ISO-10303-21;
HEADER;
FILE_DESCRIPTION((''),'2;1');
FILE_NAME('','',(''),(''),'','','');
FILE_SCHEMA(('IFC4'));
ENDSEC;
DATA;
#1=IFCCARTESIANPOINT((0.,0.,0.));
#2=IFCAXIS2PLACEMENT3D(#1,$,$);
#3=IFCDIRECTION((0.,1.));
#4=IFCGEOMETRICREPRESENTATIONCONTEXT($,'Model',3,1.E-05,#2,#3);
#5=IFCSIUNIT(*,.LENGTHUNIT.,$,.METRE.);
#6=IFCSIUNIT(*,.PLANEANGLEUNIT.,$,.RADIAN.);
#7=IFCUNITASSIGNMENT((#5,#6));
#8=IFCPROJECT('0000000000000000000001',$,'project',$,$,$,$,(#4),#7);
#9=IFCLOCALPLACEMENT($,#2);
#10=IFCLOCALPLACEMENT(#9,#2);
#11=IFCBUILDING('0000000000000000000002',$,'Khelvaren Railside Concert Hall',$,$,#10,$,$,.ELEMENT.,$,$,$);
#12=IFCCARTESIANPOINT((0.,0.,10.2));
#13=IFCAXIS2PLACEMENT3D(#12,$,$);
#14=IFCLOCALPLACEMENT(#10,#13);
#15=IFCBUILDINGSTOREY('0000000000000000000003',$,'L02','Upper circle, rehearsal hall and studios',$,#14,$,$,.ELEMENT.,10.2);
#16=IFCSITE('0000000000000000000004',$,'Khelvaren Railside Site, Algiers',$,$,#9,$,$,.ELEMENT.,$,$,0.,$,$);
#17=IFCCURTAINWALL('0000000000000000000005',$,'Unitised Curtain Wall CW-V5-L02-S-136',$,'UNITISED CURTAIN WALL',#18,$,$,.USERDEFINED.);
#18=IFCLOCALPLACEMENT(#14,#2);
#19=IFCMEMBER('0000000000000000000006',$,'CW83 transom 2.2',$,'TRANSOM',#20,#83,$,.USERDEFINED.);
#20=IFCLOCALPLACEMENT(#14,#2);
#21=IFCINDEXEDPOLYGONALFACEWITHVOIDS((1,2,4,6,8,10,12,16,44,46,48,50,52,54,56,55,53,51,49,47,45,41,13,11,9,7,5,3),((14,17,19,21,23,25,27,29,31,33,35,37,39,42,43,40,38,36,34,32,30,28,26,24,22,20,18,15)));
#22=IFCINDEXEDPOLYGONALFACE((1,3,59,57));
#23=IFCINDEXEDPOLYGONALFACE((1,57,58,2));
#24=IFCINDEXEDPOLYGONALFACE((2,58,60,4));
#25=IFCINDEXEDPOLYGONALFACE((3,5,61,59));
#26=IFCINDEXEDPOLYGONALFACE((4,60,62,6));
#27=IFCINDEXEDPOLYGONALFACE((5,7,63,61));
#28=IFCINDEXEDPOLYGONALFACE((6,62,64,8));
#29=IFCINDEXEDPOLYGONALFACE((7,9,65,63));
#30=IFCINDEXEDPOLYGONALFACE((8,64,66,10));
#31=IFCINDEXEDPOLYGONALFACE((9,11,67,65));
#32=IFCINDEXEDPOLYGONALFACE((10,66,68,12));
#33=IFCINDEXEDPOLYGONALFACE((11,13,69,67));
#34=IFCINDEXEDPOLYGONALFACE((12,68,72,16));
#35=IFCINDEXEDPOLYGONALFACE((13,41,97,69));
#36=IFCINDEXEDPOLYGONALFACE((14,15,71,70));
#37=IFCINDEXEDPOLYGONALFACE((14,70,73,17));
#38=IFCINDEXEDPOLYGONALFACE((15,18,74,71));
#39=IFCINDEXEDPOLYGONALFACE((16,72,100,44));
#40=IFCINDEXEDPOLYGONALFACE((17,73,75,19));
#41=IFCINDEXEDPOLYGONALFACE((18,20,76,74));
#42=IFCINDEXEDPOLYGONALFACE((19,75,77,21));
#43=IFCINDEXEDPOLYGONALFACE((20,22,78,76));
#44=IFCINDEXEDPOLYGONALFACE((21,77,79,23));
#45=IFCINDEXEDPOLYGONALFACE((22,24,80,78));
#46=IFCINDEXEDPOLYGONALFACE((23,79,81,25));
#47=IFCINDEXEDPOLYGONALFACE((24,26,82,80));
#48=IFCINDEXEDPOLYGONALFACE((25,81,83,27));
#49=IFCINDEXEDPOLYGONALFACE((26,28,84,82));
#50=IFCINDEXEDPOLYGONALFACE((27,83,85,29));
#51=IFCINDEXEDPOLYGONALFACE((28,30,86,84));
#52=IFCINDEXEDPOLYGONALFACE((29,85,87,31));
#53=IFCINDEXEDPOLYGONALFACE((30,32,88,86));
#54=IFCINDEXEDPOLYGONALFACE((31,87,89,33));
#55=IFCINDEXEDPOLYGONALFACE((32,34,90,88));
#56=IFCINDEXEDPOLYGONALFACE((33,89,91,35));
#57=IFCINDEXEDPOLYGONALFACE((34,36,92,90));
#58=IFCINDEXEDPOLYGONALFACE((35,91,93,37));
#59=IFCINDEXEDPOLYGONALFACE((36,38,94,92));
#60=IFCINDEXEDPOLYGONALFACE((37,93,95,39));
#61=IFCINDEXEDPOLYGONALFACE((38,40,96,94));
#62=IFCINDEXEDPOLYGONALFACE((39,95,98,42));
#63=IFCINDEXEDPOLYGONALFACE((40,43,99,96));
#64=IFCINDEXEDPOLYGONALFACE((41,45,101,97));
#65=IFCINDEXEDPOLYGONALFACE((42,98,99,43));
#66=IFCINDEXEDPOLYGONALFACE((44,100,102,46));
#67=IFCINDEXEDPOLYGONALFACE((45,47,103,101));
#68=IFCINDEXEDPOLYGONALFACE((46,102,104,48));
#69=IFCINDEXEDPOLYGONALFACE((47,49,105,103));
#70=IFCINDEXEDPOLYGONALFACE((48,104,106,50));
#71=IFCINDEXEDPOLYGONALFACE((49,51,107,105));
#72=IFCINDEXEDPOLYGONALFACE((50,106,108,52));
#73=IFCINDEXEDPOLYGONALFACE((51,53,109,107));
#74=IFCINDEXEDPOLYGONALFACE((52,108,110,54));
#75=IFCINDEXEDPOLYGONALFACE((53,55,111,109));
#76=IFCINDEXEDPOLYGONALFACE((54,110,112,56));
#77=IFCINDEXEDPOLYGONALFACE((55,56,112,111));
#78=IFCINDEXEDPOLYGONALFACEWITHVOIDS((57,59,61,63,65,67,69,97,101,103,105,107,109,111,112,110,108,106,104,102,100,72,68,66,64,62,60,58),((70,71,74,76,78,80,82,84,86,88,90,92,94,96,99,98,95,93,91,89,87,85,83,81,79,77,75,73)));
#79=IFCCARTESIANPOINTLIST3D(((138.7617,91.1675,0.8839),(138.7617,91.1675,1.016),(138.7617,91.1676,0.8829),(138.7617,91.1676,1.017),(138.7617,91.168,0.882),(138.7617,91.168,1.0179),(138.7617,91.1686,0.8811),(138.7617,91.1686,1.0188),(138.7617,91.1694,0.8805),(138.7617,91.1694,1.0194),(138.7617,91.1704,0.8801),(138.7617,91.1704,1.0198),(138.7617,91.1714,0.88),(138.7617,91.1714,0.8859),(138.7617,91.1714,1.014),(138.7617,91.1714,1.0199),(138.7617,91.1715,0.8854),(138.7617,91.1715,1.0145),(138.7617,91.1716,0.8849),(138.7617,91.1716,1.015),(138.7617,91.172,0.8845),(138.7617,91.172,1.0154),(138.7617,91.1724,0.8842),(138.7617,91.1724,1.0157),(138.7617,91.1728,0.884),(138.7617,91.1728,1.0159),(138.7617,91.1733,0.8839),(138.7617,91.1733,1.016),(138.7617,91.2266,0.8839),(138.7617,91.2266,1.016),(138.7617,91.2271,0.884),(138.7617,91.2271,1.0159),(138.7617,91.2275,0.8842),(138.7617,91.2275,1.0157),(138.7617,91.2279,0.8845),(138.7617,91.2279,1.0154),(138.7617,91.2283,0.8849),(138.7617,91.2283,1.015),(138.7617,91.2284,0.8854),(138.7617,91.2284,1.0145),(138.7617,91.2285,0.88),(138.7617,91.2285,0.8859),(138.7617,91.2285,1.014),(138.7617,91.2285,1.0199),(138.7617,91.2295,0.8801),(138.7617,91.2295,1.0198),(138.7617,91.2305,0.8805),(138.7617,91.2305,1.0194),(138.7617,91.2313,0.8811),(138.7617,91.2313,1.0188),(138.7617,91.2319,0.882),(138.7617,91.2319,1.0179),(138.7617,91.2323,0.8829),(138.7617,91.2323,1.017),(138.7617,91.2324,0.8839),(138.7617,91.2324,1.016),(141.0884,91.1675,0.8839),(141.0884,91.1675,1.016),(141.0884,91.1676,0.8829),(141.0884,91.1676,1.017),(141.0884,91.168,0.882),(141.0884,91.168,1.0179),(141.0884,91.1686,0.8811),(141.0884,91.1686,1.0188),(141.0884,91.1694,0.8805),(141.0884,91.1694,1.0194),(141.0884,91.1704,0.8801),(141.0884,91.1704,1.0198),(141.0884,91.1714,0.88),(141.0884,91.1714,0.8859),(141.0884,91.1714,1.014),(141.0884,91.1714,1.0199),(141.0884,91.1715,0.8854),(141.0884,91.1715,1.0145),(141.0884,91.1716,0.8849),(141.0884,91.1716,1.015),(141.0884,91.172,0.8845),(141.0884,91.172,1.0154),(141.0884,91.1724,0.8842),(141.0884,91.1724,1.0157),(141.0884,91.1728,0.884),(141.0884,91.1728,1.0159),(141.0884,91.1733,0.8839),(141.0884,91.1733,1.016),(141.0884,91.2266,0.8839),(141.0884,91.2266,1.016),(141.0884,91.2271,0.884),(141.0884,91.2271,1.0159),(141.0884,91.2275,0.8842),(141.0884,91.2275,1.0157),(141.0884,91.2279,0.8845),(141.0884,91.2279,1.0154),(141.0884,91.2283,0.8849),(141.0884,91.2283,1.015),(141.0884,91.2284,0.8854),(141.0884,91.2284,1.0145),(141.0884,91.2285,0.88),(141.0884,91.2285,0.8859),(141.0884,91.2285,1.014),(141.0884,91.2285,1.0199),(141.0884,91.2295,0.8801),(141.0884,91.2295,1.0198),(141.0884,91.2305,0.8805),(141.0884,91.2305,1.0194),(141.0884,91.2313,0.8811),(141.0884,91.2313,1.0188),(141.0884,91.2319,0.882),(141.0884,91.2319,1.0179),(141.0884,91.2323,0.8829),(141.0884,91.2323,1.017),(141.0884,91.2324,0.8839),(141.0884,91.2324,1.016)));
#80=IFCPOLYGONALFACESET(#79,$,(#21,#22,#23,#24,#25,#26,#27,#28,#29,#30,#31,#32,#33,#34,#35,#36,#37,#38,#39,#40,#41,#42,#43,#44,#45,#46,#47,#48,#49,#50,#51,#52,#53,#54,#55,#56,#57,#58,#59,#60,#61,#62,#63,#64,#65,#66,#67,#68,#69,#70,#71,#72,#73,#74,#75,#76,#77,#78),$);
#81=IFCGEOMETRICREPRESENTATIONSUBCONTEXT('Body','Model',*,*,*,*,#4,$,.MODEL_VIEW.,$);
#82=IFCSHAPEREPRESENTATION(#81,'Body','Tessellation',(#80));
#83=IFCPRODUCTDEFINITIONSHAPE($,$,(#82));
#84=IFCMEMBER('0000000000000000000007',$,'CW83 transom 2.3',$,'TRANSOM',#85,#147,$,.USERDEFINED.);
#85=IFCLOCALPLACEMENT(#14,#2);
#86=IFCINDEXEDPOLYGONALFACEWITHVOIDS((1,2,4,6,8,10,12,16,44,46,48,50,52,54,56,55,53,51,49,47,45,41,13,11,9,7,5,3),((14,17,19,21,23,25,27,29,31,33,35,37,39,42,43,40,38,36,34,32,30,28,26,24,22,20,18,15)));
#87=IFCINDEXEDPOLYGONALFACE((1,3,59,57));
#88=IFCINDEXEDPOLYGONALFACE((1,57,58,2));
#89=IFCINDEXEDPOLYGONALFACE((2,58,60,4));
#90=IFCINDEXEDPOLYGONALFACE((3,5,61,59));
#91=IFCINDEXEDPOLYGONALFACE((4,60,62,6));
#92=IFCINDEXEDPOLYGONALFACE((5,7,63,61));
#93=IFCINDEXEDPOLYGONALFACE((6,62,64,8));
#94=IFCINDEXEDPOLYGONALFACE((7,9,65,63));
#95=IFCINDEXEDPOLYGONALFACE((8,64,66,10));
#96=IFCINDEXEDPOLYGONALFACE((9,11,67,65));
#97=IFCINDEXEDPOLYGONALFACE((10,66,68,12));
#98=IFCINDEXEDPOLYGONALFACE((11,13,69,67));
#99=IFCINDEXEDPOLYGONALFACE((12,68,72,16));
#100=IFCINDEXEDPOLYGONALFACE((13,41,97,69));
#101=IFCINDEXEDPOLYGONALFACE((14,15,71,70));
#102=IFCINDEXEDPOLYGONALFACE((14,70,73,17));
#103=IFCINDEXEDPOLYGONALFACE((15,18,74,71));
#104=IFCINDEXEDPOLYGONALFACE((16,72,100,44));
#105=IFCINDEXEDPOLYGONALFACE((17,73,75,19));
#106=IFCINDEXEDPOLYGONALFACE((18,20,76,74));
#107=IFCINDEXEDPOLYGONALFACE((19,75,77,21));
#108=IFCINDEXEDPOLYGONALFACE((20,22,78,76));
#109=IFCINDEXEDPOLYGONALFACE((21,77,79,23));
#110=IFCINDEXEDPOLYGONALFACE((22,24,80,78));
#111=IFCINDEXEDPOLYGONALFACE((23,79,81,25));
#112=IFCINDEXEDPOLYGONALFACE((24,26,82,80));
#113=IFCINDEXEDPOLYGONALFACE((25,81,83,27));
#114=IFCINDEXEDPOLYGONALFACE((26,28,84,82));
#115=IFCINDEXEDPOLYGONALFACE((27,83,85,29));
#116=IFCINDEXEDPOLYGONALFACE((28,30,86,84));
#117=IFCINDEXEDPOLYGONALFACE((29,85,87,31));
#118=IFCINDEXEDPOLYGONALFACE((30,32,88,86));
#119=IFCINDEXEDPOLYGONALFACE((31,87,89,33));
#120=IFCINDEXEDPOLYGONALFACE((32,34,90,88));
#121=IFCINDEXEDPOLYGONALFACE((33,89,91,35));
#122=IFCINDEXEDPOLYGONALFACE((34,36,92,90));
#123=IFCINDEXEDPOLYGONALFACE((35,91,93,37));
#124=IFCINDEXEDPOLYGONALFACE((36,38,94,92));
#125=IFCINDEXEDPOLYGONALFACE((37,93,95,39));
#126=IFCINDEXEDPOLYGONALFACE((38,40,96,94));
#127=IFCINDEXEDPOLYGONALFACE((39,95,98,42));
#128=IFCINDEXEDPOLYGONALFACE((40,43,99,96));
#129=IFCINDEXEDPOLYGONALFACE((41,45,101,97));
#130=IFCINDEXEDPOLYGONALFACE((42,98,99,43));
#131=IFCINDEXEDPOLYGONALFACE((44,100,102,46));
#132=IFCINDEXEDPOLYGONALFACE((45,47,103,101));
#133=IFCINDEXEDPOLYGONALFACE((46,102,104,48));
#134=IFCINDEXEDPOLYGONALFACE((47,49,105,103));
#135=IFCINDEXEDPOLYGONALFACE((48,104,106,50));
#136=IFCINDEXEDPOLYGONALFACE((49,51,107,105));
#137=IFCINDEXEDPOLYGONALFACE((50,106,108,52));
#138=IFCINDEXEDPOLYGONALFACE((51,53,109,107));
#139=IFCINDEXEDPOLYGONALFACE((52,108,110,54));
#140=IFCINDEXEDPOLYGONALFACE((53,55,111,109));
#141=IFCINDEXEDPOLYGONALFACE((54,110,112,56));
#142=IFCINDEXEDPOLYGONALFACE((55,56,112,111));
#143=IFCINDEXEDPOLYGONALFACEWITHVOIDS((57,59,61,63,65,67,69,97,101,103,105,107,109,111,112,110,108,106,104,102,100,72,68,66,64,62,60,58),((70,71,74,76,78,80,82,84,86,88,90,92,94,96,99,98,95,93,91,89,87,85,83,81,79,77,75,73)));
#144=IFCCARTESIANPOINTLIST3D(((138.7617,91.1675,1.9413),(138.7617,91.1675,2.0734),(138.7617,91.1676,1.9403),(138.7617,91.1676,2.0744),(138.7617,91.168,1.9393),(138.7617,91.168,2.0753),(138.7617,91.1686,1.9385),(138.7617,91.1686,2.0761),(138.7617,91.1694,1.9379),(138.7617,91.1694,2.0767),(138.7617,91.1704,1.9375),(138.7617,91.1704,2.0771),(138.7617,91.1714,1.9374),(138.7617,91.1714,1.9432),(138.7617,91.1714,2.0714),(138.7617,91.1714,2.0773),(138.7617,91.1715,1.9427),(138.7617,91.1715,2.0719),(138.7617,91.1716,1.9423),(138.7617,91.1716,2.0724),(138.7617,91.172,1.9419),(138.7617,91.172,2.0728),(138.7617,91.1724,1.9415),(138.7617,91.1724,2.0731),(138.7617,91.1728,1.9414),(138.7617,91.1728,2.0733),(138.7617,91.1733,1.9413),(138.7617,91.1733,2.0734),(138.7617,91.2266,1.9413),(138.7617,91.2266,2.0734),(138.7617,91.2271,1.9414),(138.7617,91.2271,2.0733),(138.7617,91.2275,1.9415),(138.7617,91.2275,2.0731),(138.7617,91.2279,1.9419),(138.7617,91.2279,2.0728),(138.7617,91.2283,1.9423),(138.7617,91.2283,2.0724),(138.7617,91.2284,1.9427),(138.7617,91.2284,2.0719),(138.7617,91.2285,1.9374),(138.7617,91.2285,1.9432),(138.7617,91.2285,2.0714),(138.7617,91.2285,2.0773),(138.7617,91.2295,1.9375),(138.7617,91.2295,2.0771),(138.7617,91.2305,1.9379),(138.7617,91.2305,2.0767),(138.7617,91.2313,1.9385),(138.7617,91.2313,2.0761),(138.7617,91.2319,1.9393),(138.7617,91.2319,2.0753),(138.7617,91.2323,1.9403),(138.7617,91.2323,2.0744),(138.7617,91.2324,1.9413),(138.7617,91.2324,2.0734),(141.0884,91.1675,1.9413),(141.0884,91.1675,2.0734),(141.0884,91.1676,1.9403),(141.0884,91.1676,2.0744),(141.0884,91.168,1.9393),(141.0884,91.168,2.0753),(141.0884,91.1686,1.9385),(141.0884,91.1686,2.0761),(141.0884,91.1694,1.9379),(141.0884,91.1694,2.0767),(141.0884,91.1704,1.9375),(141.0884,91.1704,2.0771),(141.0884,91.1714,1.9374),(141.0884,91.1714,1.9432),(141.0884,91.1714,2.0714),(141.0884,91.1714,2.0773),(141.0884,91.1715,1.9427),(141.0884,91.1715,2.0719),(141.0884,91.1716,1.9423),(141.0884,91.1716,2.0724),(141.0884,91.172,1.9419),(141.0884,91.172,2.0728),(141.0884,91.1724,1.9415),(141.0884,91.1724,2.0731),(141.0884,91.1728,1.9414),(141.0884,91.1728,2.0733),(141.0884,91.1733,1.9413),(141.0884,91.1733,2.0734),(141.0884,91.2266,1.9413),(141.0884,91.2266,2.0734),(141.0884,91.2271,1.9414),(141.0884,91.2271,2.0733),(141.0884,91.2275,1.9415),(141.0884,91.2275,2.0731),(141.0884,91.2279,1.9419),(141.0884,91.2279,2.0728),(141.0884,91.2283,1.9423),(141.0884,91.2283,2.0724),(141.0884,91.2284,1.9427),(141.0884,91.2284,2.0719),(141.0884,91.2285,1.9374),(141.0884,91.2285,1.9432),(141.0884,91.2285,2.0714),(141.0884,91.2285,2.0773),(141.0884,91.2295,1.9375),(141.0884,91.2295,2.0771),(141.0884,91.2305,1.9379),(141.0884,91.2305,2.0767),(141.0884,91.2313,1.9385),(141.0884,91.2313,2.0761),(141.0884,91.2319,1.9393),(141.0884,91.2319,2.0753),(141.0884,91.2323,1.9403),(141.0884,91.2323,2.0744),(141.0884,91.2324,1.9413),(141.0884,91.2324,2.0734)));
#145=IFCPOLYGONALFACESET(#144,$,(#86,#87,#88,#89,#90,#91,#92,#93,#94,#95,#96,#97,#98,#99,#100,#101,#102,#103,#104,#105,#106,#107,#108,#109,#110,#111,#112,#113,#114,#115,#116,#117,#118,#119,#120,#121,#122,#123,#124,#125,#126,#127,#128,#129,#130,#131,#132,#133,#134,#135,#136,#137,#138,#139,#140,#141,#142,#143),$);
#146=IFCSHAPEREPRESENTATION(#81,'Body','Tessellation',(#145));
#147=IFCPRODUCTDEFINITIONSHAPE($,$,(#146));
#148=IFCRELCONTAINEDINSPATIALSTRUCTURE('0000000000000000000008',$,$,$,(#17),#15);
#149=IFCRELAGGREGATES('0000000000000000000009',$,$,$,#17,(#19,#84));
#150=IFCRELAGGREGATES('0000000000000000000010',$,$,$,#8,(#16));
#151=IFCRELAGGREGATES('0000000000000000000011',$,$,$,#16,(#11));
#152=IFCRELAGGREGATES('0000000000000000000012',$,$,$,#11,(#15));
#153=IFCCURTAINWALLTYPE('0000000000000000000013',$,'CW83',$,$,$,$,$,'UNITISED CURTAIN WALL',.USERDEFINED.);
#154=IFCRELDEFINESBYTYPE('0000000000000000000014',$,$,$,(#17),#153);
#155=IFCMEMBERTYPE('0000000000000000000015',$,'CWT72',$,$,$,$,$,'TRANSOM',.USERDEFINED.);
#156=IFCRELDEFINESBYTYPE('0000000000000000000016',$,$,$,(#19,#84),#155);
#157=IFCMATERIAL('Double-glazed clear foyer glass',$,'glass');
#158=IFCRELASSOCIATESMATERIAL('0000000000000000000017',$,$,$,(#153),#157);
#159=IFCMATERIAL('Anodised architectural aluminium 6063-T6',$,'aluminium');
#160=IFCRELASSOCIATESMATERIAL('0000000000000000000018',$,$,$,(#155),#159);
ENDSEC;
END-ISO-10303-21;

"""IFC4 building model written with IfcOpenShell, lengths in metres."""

from ifc_helpers import new_model, si_unit, direction, frame, origin, origin_2d, place, context, subcontext, project, spatial, hollow_rectangle, extrude, material, material_profile, profile_set, type_object, element, aggregate, save


model = new_model("IFC4")

# Units and contexts
model_context = context("Model", 3, precision=1e-05, world=origin(), true_north=direction((0.0, 1.0)))
body_context = subcontext(model_context, "Body", "Model", "MODEL_VIEW")
ifc_project = project(units=[si_unit("LENGTHUNIT", "METRE"), si_unit("PLANEANGLEUNIT", "RADIAN")], contexts=[model_context])

# Site, building, storey
site_placement = place(None, origin())
site = spatial("IfcSite", under=ifc_project, at=site_placement, Name="Khelvaren Railside Site, Algiers", CompositionType="ELEMENT", RefElevation=0.0)
building_placement = place(site_placement, origin())
building = spatial("IfcBuilding", under=site, at=building_placement, Name="Khelvaren Railside Concert Hall", CompositionType="ELEMENT")
storey_placement = place(building_placement, frame((0.0, 0.0, 10.2)))
storey = spatial("IfcBuildingStorey", under=building, at=storey_placement, Name="L02", Description="Upper circle, rehearsal hall and studios", CompositionType="ELEMENT", Elevation=10.2)

# Shared definitions
ifc_material_1 = material(Name="Double-glazed clear foyer glass", Category="glass")
ifc_material_2 = material(Name="Anodised architectural aluminium 6063-T6", Category="aluminium")

# Curtain wall
curtain_wall_type_1 = type_object("IfcCurtainWallType", Name="CW83", ElementType="UNITISED CURTAIN WALL", PredefinedType="USERDEFINED", material=ifc_material_1)
curtain_wall_1_placement = place(storey_placement, origin())
curtain_wall_1 = element("IfcCurtainWall", 1, at=curtain_wall_1_placement, inside=storey, type_object=curtain_wall_type_1, Name="Unitised Curtain Wall CW-V5-L02-S-136", ObjectType="UNITISED CURTAIN WALL", PredefinedType="USERDEFINED")

# Members
ifc_material_profile_1 = material_profile(ifc_material_2, hollow_rectangle(XDim=0.0649, YDim=0.1399, WallThickness=0.0039, InnerFilletRadius=0.002, OuterFilletRadius=0.0039, at=origin_2d()), Name="CWT 65x140x4")
ifc_profile_set_1 = profile_set([ifc_material_profile_1], Name="Anodised architectural aluminium 6063-T6")
member_type_1 = type_object("IfcMemberType", Name="CWT72", ElementType="TRANSOM", PredefinedType="USERDEFINED", material=ifc_profile_set_1)
member_1_placement = place(storey_placement, frame((141.0884, 91.2, 0.95), z_axis=(-1.0, 0.0, 0.0), x_axis=(0.0, -1.0, 0.0)))
member_1 = element("IfcMember", 2, at=member_1_placement, type_object=member_type_1, Name="CW83 transom 2.2", ObjectType="TRANSOM", PredefinedType="USERDEFINED", context=body_context, shape_type="SweptSolid", body=[
    extrude(hollow_rectangle(XDim=0.0649, YDim=0.1399, WallThickness=0.0039, InnerFilletRadius=0.002, OuterFilletRadius=0.0039, at=origin_2d()), origin(), (0.0, 0.0, 1.0), 2.3267),
])
member_2_placement = place(storey_placement, frame((141.0884, 91.2, 2.0073), z_axis=(-1.0, 0.0, 0.0), x_axis=(0.0, -1.0, 0.0)))
member_2 = element("IfcMember", 3, at=member_2_placement, type_object=member_type_1, Name="CW83 transom 2.3", ObjectType="TRANSOM", PredefinedType="USERDEFINED", context=body_context, shape_type="SweptSolid", body=[
    extrude(hollow_rectangle(XDim=0.0649, YDim=0.1399, WallThickness=0.0039, InnerFilletRadius=0.002, OuterFilletRadius=0.0039, at=origin_2d()), origin(), (0.0, 0.0, 1.0), 2.3267),
])

aggregate(curtain_wall_1, [member_1, member_2])

save(model, "model.ifc")
